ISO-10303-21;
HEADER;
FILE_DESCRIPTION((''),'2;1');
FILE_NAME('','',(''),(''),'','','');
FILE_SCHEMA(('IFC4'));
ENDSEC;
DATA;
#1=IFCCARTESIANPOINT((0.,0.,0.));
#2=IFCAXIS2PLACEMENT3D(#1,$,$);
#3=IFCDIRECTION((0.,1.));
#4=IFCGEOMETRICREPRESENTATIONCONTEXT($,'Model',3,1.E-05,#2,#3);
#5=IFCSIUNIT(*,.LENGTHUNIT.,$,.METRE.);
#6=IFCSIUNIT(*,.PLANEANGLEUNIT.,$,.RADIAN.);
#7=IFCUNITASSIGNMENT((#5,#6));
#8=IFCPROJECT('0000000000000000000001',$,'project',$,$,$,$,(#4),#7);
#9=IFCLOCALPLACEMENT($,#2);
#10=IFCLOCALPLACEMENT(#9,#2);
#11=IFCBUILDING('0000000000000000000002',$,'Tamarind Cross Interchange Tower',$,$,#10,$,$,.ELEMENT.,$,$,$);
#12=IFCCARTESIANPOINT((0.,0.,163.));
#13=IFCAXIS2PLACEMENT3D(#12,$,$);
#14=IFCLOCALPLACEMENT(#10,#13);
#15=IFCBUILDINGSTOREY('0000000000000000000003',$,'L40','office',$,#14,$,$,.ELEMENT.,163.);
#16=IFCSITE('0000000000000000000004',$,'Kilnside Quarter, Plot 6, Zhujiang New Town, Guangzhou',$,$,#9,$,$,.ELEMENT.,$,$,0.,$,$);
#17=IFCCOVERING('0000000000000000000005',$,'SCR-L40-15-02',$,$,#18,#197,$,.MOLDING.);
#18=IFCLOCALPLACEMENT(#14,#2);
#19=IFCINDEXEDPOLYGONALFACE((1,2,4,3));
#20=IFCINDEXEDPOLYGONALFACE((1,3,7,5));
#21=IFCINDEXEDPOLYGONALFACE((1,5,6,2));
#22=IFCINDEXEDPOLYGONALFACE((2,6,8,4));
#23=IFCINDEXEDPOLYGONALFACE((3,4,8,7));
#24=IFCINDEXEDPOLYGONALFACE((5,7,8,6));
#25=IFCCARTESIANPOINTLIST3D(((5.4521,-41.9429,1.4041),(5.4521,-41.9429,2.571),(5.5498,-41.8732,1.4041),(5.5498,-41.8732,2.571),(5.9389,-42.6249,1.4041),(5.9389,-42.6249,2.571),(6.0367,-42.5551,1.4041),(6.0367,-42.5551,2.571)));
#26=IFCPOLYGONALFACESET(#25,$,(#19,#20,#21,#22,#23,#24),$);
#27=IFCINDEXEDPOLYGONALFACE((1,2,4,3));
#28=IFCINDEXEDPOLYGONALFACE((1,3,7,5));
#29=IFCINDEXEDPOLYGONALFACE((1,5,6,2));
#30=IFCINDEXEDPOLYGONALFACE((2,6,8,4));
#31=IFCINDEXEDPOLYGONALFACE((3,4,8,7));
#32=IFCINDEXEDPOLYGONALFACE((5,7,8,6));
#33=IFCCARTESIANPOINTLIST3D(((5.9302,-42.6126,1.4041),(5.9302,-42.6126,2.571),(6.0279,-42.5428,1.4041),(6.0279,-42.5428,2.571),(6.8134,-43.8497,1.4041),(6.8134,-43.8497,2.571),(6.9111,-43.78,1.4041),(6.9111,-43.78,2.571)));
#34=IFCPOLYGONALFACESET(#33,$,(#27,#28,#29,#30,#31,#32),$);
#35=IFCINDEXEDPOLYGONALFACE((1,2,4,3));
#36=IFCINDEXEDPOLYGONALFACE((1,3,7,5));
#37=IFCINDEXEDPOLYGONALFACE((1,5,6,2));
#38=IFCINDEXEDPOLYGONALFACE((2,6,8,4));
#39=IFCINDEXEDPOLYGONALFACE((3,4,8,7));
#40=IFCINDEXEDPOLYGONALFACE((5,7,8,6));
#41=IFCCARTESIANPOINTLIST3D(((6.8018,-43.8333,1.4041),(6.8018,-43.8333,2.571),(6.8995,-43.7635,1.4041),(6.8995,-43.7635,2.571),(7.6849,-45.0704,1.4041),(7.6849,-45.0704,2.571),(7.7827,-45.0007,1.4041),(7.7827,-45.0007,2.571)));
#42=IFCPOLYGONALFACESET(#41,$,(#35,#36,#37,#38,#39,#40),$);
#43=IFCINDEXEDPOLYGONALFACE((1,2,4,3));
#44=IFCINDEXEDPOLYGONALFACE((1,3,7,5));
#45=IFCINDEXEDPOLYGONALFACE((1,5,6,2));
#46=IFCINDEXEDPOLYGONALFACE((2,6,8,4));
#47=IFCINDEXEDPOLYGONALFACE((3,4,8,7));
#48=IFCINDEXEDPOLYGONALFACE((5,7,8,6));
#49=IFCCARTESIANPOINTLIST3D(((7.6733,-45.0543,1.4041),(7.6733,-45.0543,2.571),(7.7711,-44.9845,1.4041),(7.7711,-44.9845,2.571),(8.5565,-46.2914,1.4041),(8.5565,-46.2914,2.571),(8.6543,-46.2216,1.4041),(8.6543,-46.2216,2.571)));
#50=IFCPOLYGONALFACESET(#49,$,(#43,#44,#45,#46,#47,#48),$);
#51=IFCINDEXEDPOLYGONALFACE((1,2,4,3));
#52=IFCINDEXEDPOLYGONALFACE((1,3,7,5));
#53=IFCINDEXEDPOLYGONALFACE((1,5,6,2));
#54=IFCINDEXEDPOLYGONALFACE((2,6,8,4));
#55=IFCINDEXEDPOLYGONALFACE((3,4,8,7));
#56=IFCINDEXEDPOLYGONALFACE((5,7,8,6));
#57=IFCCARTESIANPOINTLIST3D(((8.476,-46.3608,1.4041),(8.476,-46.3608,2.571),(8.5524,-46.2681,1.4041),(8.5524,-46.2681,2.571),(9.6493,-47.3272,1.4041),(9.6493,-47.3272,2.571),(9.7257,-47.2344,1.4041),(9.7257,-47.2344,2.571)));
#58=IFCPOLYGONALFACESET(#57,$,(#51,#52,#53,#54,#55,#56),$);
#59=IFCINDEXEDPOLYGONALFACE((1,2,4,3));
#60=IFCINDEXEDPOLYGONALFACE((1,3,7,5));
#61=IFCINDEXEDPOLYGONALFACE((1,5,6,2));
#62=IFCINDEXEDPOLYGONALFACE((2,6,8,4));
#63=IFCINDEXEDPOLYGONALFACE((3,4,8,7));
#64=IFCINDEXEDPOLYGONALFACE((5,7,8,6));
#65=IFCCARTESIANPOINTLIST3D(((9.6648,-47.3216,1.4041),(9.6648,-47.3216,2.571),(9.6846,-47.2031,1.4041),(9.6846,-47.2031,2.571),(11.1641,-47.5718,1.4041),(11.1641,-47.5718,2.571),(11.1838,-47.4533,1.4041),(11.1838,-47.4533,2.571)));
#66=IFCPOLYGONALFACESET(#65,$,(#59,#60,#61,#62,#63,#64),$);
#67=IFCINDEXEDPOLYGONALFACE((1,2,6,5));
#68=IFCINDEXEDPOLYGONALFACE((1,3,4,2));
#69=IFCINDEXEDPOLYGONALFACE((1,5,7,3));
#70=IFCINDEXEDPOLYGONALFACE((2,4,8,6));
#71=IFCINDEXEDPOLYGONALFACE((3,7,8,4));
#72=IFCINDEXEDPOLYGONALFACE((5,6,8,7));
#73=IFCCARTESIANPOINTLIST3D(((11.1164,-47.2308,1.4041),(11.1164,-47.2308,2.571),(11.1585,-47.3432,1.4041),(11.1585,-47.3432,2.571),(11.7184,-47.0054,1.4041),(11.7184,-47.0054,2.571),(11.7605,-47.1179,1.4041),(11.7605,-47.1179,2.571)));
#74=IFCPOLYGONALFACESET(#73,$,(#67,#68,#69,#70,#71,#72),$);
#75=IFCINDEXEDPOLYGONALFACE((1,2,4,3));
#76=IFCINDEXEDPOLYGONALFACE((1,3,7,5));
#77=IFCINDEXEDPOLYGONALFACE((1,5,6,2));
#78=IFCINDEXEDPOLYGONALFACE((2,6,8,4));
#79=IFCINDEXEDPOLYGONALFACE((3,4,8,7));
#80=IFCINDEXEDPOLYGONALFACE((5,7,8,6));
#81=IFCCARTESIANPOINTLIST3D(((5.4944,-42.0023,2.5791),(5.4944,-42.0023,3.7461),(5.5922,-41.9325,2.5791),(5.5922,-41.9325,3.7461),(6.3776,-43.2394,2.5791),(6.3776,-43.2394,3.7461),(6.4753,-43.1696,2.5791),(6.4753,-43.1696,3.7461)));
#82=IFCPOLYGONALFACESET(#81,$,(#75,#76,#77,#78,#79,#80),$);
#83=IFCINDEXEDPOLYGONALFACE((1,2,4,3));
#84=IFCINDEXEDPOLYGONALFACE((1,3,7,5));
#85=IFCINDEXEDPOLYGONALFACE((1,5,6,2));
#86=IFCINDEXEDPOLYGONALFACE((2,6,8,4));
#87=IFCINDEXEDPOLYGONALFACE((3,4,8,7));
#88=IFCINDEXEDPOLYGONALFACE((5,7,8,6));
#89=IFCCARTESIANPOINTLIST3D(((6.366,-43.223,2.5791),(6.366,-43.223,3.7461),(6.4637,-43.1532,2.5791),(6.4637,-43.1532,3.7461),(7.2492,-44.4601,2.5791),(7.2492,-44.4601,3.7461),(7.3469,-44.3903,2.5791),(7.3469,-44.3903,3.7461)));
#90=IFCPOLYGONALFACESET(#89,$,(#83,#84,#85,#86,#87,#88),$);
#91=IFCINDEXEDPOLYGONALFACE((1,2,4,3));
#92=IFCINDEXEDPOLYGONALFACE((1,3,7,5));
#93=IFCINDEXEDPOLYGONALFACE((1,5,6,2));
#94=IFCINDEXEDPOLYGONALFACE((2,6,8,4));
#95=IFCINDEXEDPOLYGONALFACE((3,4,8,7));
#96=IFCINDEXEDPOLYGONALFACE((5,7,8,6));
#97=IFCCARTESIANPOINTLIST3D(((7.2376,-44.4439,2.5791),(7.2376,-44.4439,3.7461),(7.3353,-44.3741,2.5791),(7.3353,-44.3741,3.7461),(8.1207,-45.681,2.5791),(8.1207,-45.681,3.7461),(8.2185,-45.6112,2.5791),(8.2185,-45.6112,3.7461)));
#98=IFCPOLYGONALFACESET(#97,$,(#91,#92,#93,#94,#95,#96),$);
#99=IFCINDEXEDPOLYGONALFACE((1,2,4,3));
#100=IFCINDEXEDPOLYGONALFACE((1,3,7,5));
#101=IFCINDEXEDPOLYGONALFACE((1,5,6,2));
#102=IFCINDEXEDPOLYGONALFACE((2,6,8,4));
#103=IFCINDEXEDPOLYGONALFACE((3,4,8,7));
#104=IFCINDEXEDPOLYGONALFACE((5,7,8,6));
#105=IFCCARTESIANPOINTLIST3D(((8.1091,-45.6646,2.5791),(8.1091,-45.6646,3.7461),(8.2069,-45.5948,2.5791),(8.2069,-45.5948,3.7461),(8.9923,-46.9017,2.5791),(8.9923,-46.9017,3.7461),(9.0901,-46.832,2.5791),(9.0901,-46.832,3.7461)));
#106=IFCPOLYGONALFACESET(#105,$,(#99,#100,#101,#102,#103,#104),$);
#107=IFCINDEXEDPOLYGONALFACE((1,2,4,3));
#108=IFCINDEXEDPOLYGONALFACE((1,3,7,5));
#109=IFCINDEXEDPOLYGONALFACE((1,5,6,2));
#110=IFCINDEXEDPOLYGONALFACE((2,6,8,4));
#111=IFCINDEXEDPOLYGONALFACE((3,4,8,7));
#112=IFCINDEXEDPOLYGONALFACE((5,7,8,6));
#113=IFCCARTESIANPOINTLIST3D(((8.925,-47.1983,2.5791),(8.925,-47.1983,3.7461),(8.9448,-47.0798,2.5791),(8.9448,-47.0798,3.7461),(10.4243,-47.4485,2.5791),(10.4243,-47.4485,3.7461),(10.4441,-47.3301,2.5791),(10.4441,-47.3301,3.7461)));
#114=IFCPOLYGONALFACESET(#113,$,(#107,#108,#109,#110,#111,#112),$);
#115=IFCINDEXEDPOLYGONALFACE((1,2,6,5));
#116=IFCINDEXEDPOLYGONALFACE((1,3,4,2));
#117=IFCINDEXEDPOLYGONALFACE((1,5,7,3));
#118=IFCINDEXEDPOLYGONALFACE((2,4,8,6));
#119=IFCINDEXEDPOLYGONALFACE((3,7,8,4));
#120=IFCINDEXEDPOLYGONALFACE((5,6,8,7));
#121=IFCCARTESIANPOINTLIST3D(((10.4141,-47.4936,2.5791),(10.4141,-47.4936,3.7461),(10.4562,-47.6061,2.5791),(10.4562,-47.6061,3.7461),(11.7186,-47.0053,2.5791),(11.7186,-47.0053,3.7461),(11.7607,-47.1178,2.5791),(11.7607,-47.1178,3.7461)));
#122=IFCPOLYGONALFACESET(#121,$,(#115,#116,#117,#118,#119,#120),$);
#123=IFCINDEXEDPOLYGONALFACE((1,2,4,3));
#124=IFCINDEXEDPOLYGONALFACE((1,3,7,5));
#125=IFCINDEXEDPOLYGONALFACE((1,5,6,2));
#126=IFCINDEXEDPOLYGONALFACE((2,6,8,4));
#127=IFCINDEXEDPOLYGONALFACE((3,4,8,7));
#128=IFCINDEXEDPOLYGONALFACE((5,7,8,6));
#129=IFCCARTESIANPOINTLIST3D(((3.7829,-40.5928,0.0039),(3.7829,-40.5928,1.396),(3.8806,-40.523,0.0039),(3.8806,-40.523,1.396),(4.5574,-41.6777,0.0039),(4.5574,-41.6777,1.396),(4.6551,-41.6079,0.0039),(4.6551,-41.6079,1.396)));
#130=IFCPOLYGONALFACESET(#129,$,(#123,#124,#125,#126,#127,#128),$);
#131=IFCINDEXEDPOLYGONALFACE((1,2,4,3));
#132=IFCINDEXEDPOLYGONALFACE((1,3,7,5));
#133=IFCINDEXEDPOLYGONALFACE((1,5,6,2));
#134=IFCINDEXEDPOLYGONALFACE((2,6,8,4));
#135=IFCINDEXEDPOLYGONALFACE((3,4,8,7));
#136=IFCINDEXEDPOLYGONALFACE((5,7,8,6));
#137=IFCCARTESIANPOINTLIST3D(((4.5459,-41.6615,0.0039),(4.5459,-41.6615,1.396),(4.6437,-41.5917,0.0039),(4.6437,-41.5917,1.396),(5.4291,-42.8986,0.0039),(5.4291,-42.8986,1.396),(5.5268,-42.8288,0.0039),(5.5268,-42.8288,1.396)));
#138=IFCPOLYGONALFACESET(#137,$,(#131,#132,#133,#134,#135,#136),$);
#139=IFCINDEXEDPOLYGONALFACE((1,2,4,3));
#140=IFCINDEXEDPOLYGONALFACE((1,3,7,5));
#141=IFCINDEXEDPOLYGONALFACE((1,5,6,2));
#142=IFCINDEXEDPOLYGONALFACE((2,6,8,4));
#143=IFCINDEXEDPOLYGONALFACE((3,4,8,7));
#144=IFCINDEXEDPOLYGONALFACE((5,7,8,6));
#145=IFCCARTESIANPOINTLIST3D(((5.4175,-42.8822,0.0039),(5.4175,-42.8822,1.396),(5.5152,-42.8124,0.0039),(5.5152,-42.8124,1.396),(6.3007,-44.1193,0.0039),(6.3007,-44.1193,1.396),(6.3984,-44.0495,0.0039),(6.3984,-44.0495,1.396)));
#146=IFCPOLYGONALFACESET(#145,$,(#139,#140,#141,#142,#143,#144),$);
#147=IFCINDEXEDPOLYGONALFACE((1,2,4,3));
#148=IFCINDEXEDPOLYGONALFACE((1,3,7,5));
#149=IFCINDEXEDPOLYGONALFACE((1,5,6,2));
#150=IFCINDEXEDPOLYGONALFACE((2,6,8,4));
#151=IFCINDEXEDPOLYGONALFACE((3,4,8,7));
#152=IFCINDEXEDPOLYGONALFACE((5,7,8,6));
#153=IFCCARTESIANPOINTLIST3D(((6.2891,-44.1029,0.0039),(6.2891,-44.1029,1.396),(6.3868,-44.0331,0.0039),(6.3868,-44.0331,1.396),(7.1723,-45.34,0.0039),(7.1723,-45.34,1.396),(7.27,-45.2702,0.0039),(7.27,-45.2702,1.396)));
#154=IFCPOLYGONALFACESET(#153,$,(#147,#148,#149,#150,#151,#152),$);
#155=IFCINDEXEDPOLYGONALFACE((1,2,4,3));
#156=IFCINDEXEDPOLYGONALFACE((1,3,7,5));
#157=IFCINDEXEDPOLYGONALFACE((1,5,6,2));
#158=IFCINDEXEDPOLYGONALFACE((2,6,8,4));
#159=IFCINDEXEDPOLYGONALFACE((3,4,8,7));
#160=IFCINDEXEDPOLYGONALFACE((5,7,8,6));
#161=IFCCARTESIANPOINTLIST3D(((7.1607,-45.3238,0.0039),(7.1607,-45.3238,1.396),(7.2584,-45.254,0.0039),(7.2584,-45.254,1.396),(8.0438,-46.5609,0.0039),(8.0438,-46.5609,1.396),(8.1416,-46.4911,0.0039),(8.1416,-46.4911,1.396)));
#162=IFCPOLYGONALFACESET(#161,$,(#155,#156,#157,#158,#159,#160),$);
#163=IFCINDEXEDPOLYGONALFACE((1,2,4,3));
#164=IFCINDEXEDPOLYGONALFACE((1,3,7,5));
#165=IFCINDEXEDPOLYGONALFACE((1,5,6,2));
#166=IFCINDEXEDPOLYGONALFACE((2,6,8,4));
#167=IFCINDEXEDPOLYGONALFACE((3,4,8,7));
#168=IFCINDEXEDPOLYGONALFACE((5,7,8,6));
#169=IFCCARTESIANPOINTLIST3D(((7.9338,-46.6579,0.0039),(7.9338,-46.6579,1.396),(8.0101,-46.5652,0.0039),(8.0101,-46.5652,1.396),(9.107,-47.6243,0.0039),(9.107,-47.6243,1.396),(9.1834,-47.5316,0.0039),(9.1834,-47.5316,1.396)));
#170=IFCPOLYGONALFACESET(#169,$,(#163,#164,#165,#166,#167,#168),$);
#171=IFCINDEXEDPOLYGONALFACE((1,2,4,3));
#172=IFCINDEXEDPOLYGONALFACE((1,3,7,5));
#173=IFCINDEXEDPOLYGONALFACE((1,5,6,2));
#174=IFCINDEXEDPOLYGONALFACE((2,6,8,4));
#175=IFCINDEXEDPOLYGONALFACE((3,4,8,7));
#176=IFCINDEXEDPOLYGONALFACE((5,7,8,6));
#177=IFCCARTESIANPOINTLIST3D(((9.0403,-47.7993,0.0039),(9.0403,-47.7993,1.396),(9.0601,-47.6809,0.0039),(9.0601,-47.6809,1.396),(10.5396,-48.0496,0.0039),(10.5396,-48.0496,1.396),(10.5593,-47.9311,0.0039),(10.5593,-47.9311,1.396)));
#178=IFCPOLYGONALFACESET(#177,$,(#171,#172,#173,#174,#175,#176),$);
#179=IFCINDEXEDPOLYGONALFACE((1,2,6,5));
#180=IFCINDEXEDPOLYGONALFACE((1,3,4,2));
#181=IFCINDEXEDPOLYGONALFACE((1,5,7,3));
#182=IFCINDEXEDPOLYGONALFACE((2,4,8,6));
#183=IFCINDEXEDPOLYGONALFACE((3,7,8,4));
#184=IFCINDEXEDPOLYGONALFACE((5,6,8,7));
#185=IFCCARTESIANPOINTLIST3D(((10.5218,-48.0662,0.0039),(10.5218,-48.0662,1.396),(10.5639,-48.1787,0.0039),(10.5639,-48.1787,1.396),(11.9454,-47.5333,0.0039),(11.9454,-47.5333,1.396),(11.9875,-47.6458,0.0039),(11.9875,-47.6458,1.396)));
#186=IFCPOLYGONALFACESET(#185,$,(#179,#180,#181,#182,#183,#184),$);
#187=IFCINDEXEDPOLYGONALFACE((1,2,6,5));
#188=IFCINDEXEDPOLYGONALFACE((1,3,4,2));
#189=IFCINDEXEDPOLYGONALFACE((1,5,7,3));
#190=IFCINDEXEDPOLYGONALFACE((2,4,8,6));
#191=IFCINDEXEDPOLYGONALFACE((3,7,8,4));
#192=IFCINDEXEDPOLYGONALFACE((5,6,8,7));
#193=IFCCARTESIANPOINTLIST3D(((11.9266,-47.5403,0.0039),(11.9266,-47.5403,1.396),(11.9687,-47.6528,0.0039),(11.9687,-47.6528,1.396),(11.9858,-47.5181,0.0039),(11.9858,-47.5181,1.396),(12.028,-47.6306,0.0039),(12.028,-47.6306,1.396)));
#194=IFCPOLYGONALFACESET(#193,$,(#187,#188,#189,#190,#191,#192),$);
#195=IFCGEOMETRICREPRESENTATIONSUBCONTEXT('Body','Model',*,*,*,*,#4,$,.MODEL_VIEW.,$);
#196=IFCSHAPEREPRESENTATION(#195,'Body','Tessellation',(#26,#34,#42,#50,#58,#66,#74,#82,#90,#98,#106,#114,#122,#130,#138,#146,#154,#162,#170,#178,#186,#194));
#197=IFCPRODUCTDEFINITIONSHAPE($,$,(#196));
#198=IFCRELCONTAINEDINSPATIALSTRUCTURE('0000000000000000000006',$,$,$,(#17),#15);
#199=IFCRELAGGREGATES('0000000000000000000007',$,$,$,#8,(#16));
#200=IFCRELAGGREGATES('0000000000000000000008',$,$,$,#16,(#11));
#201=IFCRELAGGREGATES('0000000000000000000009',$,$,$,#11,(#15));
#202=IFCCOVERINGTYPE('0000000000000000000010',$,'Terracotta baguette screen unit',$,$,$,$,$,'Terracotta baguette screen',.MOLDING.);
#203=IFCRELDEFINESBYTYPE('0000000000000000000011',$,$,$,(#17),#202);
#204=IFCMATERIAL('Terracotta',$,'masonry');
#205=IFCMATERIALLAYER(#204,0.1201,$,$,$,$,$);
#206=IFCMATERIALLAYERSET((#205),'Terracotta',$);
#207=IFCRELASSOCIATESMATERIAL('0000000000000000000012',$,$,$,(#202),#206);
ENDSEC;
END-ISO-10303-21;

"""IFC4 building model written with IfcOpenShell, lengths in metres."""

from ifc_helpers import new_model, si_unit, direction, frame, origin, origin_2d, place, context, subcontext, project, spatial, rectangle, extrude, material, layer, layer_set, type_object, element, save


model = new_model("IFC4")

# Units and contexts
model_context = context("Model", 3, precision=1e-05, world=origin(), true_north=direction((0.0, 1.0)))
body_context = subcontext(model_context, "Body", "Model", "MODEL_VIEW")
ifc_project = project(units=[si_unit("LENGTHUNIT", "METRE"), si_unit("PLANEANGLEUNIT", "RADIAN")], contexts=[model_context])

# Site, building, storey
site_placement = place(None, origin())
site = spatial("IfcSite", under=ifc_project, at=site_placement, Name="Kilnside Quarter, Plot 6, Zhujiang New Town, Guangzhou", CompositionType="ELEMENT", RefElevation=0.0)
building_placement = place(site_placement, origin())
building = spatial("IfcBuilding", under=site, at=building_placement, Name="Tamarind Cross Interchange Tower", CompositionType="ELEMENT")
storey_placement = place(building_placement, frame((0.0, 0.0, 163.0)))
storey = spatial("IfcBuildingStorey", under=building, at=storey_placement, Name="L40", Description="office", CompositionType="ELEMENT", Elevation=163.0)

# Covering
ifc_material_1 = material(Name="Terracotta", Category="masonry")
ifc_layer_1 = layer(ifc_material_1, 0.1201)
ifc_layer_set_1 = layer_set([ifc_layer_1], Name="Terracotta")
covering_type = type_object("IfcCoveringType", Name="Terracotta baguette screen unit", ElementType="Terracotta baguette screen", PredefinedType="MOLDING", material=ifc_layer_set_1)
covering_1_placement = place(storey_placement, origin())
element("IfcCovering", 1, at=covering_1_placement, inside=storey, type_object=covering_type, Name="SCR-L40-15-02", PredefinedType="MOLDING", context=body_context, shape_type="SweptSolid", body=[
    extrude(rectangle(XDim=0.8379, YDim=0.1201, at=origin_2d()), frame((5.7444, -42.249, 1.4041), z_axis=(0.0, 0.0, 1.0), x_axis=(0.581033, -0.81388, 0.0)), (0.0, 0.0, 1.0), 1.167),
    extrude(rectangle(XDim=1.52, YDim=0.1201, at=origin_2d()), frame((6.4207, -43.1963, 1.4041), z_axis=(0.0, 0.0, 1.0), x_axis=(0.581033, -0.81388, 0.0)), (0.0, 0.0, 1.0), 1.167),
    extrude(rectangle(XDim=1.52, YDim=0.1201, at=origin_2d()), frame((7.2922, -44.417, 1.4041), z_axis=(0.0, 0.0, 1.0), x_axis=(0.581033, -0.81388, 0.0)), (0.0, 0.0, 1.0), 1.167),
    extrude(rectangle(XDim=1.52, YDim=0.1201, at=origin_2d()), frame((8.1638, -45.6379, 1.4041), z_axis=(0.0, 0.0, 1.0), x_axis=(0.581033, -0.81388, 0.0)), (0.0, 0.0, 1.0), 1.167),
    extrude(rectangle(XDim=1.52, YDim=0.1201, at=origin_2d()), frame((9.1008, -46.7976, 1.4041), z_axis=(0.0, 0.0, 1.0), x_axis=(0.771882, -0.635766, 0.0)), (0.0, 0.0, 1.0), 1.167),
    extrude(rectangle(XDim=1.52, YDim=0.1201, at=origin_2d()), frame((10.4243, -47.3875, 1.4041), z_axis=(0.0, 0.0, 1.0), x_axis=(0.986352, -0.164648, 0.0)), (0.0, 0.0, 1.0), 1.167),
    extrude(rectangle(XDim=0.6428, YDim=0.1201, at=origin_2d()), frame((11.4385, -47.1743, 1.4041), z_axis=(0.0, 0.0, 1.0), x_axis=(0.93653, 0.350587, 0.0)), (0.0, 0.0, 1.0), 1.167),
    extrude(rectangle(XDim=1.52, YDim=0.1201, at=origin_2d()), frame((5.9849, -42.5859, 2.5791), z_axis=(0.0, 0.0, 1.0), x_axis=(0.581033, -0.81388, 0.0)), (0.0, 0.0, 1.0), 1.167),
    extrude(rectangle(XDim=1.52, YDim=0.1201, at=origin_2d()), frame((6.8564, -43.8066, 2.5791), z_axis=(0.0, 0.0, 1.0), x_axis=(0.581033, -0.81388, 0.0)), (0.0, 0.0, 1.0), 1.167),
    extrude(rectangle(XDim=1.52, YDim=0.1201, at=origin_2d()), frame((7.728, -45.0276, 2.5791), z_axis=(0.0, 0.0, 1.0), x_axis=(0.581033, -0.81388, 0.0)), (0.0, 0.0, 1.0), 1.167),
    extrude(rectangle(XDim=1.52, YDim=0.1201, at=origin_2d()), frame((8.5996, -46.2483, 2.5791), z_axis=(0.0, 0.0, 1.0), x_axis=(0.581033, -0.81388, 0.0)), (0.0, 0.0, 1.0), 1.167),
    extrude(rectangle(XDim=1.52, YDim=0.1201, at=origin_2d()), frame((9.6846, -47.2642, 2.5791), z_axis=(0.0, 0.0, 1.0), x_axis=(0.986352, -0.164648, 0.0)), (0.0, 0.0, 1.0), 1.167),
    extrude(rectangle(XDim=1.3928, YDim=0.1201, at=origin_2d()), frame((11.0874, -47.3057, 2.5791), z_axis=(0.0, 0.0, 1.0), x_axis=(0.93653, 0.350587, 0.0)), (0.0, 0.0, 1.0), 1.167),
    extrude(rectangle(XDim=1.333, YDim=0.1201, at=origin_2d()), frame((4.219, -41.1003, 0.0039), z_axis=(0.0, 0.0, 1.0), x_axis=(0.581033, -0.81388, 0.0)), (0.0, 0.0, 1.0), 1.3921),
    extrude(rectangle(XDim=1.52, YDim=0.1201, at=origin_2d()), frame((5.0364, -42.2451, 0.0039), z_axis=(0.0, 0.0, 1.0), x_axis=(0.581033, -0.81388, 0.0)), (0.0, 0.0, 1.0), 1.3921),
    extrude(rectangle(XDim=1.52, YDim=0.1201, at=origin_2d()), frame((5.908, -43.4658, 0.0039), z_axis=(0.0, 0.0, 1.0), x_axis=(0.581033, -0.81388, 0.0)), (0.0, 0.0, 1.0), 1.3921),
    extrude(rectangle(XDim=1.52, YDim=0.1201, at=origin_2d()), frame((6.7795, -44.6865, 0.0039), z_axis=(0.0, 0.0, 1.0), x_axis=(0.581033, -0.81388, 0.0)), (0.0, 0.0, 1.0), 1.3921),
    extrude(rectangle(XDim=1.52, YDim=0.1201, at=origin_2d()), frame((7.6511, -45.9075, 0.0039), z_axis=(0.0, 0.0, 1.0), x_axis=(0.581033, -0.81388, 0.0)), (0.0, 0.0, 1.0), 1.3921),
    extrude(rectangle(XDim=1.52, YDim=0.1201, at=origin_2d()), frame((8.5586, -47.0947, 0.0039), z_axis=(0.0, 0.0, 1.0), x_axis=(0.771882, -0.635766, 0.0)), (0.0, 0.0, 1.0), 1.3921),
    extrude(rectangle(XDim=1.52, YDim=0.1201, at=origin_2d()), frame((9.7998, -47.8652, 0.0039), z_axis=(0.0, 0.0, 1.0), x_axis=(0.986352, -0.164648, 0.0)), (0.0, 0.0, 1.0), 1.3921),
    extrude(rectangle(XDim=1.52, YDim=0.1201, at=origin_2d()), frame((11.2546, -47.856, 0.0039), z_axis=(0.0, 0.0, 1.0), x_axis=(0.93653, 0.350587, 0.0)), (0.0, 0.0, 1.0), 1.3921),
    extrude(rectangle(XDim=0.0632, YDim=0.1201, at=origin_2d()), frame((11.9773, -47.5854, 0.0039), z_axis=(0.0, 0.0, 1.0), x_axis=(0.93653, 0.350587, 0.0)), (0.0, 0.0, 1.0), 1.3921),
])

save(model, "model.ifc")
